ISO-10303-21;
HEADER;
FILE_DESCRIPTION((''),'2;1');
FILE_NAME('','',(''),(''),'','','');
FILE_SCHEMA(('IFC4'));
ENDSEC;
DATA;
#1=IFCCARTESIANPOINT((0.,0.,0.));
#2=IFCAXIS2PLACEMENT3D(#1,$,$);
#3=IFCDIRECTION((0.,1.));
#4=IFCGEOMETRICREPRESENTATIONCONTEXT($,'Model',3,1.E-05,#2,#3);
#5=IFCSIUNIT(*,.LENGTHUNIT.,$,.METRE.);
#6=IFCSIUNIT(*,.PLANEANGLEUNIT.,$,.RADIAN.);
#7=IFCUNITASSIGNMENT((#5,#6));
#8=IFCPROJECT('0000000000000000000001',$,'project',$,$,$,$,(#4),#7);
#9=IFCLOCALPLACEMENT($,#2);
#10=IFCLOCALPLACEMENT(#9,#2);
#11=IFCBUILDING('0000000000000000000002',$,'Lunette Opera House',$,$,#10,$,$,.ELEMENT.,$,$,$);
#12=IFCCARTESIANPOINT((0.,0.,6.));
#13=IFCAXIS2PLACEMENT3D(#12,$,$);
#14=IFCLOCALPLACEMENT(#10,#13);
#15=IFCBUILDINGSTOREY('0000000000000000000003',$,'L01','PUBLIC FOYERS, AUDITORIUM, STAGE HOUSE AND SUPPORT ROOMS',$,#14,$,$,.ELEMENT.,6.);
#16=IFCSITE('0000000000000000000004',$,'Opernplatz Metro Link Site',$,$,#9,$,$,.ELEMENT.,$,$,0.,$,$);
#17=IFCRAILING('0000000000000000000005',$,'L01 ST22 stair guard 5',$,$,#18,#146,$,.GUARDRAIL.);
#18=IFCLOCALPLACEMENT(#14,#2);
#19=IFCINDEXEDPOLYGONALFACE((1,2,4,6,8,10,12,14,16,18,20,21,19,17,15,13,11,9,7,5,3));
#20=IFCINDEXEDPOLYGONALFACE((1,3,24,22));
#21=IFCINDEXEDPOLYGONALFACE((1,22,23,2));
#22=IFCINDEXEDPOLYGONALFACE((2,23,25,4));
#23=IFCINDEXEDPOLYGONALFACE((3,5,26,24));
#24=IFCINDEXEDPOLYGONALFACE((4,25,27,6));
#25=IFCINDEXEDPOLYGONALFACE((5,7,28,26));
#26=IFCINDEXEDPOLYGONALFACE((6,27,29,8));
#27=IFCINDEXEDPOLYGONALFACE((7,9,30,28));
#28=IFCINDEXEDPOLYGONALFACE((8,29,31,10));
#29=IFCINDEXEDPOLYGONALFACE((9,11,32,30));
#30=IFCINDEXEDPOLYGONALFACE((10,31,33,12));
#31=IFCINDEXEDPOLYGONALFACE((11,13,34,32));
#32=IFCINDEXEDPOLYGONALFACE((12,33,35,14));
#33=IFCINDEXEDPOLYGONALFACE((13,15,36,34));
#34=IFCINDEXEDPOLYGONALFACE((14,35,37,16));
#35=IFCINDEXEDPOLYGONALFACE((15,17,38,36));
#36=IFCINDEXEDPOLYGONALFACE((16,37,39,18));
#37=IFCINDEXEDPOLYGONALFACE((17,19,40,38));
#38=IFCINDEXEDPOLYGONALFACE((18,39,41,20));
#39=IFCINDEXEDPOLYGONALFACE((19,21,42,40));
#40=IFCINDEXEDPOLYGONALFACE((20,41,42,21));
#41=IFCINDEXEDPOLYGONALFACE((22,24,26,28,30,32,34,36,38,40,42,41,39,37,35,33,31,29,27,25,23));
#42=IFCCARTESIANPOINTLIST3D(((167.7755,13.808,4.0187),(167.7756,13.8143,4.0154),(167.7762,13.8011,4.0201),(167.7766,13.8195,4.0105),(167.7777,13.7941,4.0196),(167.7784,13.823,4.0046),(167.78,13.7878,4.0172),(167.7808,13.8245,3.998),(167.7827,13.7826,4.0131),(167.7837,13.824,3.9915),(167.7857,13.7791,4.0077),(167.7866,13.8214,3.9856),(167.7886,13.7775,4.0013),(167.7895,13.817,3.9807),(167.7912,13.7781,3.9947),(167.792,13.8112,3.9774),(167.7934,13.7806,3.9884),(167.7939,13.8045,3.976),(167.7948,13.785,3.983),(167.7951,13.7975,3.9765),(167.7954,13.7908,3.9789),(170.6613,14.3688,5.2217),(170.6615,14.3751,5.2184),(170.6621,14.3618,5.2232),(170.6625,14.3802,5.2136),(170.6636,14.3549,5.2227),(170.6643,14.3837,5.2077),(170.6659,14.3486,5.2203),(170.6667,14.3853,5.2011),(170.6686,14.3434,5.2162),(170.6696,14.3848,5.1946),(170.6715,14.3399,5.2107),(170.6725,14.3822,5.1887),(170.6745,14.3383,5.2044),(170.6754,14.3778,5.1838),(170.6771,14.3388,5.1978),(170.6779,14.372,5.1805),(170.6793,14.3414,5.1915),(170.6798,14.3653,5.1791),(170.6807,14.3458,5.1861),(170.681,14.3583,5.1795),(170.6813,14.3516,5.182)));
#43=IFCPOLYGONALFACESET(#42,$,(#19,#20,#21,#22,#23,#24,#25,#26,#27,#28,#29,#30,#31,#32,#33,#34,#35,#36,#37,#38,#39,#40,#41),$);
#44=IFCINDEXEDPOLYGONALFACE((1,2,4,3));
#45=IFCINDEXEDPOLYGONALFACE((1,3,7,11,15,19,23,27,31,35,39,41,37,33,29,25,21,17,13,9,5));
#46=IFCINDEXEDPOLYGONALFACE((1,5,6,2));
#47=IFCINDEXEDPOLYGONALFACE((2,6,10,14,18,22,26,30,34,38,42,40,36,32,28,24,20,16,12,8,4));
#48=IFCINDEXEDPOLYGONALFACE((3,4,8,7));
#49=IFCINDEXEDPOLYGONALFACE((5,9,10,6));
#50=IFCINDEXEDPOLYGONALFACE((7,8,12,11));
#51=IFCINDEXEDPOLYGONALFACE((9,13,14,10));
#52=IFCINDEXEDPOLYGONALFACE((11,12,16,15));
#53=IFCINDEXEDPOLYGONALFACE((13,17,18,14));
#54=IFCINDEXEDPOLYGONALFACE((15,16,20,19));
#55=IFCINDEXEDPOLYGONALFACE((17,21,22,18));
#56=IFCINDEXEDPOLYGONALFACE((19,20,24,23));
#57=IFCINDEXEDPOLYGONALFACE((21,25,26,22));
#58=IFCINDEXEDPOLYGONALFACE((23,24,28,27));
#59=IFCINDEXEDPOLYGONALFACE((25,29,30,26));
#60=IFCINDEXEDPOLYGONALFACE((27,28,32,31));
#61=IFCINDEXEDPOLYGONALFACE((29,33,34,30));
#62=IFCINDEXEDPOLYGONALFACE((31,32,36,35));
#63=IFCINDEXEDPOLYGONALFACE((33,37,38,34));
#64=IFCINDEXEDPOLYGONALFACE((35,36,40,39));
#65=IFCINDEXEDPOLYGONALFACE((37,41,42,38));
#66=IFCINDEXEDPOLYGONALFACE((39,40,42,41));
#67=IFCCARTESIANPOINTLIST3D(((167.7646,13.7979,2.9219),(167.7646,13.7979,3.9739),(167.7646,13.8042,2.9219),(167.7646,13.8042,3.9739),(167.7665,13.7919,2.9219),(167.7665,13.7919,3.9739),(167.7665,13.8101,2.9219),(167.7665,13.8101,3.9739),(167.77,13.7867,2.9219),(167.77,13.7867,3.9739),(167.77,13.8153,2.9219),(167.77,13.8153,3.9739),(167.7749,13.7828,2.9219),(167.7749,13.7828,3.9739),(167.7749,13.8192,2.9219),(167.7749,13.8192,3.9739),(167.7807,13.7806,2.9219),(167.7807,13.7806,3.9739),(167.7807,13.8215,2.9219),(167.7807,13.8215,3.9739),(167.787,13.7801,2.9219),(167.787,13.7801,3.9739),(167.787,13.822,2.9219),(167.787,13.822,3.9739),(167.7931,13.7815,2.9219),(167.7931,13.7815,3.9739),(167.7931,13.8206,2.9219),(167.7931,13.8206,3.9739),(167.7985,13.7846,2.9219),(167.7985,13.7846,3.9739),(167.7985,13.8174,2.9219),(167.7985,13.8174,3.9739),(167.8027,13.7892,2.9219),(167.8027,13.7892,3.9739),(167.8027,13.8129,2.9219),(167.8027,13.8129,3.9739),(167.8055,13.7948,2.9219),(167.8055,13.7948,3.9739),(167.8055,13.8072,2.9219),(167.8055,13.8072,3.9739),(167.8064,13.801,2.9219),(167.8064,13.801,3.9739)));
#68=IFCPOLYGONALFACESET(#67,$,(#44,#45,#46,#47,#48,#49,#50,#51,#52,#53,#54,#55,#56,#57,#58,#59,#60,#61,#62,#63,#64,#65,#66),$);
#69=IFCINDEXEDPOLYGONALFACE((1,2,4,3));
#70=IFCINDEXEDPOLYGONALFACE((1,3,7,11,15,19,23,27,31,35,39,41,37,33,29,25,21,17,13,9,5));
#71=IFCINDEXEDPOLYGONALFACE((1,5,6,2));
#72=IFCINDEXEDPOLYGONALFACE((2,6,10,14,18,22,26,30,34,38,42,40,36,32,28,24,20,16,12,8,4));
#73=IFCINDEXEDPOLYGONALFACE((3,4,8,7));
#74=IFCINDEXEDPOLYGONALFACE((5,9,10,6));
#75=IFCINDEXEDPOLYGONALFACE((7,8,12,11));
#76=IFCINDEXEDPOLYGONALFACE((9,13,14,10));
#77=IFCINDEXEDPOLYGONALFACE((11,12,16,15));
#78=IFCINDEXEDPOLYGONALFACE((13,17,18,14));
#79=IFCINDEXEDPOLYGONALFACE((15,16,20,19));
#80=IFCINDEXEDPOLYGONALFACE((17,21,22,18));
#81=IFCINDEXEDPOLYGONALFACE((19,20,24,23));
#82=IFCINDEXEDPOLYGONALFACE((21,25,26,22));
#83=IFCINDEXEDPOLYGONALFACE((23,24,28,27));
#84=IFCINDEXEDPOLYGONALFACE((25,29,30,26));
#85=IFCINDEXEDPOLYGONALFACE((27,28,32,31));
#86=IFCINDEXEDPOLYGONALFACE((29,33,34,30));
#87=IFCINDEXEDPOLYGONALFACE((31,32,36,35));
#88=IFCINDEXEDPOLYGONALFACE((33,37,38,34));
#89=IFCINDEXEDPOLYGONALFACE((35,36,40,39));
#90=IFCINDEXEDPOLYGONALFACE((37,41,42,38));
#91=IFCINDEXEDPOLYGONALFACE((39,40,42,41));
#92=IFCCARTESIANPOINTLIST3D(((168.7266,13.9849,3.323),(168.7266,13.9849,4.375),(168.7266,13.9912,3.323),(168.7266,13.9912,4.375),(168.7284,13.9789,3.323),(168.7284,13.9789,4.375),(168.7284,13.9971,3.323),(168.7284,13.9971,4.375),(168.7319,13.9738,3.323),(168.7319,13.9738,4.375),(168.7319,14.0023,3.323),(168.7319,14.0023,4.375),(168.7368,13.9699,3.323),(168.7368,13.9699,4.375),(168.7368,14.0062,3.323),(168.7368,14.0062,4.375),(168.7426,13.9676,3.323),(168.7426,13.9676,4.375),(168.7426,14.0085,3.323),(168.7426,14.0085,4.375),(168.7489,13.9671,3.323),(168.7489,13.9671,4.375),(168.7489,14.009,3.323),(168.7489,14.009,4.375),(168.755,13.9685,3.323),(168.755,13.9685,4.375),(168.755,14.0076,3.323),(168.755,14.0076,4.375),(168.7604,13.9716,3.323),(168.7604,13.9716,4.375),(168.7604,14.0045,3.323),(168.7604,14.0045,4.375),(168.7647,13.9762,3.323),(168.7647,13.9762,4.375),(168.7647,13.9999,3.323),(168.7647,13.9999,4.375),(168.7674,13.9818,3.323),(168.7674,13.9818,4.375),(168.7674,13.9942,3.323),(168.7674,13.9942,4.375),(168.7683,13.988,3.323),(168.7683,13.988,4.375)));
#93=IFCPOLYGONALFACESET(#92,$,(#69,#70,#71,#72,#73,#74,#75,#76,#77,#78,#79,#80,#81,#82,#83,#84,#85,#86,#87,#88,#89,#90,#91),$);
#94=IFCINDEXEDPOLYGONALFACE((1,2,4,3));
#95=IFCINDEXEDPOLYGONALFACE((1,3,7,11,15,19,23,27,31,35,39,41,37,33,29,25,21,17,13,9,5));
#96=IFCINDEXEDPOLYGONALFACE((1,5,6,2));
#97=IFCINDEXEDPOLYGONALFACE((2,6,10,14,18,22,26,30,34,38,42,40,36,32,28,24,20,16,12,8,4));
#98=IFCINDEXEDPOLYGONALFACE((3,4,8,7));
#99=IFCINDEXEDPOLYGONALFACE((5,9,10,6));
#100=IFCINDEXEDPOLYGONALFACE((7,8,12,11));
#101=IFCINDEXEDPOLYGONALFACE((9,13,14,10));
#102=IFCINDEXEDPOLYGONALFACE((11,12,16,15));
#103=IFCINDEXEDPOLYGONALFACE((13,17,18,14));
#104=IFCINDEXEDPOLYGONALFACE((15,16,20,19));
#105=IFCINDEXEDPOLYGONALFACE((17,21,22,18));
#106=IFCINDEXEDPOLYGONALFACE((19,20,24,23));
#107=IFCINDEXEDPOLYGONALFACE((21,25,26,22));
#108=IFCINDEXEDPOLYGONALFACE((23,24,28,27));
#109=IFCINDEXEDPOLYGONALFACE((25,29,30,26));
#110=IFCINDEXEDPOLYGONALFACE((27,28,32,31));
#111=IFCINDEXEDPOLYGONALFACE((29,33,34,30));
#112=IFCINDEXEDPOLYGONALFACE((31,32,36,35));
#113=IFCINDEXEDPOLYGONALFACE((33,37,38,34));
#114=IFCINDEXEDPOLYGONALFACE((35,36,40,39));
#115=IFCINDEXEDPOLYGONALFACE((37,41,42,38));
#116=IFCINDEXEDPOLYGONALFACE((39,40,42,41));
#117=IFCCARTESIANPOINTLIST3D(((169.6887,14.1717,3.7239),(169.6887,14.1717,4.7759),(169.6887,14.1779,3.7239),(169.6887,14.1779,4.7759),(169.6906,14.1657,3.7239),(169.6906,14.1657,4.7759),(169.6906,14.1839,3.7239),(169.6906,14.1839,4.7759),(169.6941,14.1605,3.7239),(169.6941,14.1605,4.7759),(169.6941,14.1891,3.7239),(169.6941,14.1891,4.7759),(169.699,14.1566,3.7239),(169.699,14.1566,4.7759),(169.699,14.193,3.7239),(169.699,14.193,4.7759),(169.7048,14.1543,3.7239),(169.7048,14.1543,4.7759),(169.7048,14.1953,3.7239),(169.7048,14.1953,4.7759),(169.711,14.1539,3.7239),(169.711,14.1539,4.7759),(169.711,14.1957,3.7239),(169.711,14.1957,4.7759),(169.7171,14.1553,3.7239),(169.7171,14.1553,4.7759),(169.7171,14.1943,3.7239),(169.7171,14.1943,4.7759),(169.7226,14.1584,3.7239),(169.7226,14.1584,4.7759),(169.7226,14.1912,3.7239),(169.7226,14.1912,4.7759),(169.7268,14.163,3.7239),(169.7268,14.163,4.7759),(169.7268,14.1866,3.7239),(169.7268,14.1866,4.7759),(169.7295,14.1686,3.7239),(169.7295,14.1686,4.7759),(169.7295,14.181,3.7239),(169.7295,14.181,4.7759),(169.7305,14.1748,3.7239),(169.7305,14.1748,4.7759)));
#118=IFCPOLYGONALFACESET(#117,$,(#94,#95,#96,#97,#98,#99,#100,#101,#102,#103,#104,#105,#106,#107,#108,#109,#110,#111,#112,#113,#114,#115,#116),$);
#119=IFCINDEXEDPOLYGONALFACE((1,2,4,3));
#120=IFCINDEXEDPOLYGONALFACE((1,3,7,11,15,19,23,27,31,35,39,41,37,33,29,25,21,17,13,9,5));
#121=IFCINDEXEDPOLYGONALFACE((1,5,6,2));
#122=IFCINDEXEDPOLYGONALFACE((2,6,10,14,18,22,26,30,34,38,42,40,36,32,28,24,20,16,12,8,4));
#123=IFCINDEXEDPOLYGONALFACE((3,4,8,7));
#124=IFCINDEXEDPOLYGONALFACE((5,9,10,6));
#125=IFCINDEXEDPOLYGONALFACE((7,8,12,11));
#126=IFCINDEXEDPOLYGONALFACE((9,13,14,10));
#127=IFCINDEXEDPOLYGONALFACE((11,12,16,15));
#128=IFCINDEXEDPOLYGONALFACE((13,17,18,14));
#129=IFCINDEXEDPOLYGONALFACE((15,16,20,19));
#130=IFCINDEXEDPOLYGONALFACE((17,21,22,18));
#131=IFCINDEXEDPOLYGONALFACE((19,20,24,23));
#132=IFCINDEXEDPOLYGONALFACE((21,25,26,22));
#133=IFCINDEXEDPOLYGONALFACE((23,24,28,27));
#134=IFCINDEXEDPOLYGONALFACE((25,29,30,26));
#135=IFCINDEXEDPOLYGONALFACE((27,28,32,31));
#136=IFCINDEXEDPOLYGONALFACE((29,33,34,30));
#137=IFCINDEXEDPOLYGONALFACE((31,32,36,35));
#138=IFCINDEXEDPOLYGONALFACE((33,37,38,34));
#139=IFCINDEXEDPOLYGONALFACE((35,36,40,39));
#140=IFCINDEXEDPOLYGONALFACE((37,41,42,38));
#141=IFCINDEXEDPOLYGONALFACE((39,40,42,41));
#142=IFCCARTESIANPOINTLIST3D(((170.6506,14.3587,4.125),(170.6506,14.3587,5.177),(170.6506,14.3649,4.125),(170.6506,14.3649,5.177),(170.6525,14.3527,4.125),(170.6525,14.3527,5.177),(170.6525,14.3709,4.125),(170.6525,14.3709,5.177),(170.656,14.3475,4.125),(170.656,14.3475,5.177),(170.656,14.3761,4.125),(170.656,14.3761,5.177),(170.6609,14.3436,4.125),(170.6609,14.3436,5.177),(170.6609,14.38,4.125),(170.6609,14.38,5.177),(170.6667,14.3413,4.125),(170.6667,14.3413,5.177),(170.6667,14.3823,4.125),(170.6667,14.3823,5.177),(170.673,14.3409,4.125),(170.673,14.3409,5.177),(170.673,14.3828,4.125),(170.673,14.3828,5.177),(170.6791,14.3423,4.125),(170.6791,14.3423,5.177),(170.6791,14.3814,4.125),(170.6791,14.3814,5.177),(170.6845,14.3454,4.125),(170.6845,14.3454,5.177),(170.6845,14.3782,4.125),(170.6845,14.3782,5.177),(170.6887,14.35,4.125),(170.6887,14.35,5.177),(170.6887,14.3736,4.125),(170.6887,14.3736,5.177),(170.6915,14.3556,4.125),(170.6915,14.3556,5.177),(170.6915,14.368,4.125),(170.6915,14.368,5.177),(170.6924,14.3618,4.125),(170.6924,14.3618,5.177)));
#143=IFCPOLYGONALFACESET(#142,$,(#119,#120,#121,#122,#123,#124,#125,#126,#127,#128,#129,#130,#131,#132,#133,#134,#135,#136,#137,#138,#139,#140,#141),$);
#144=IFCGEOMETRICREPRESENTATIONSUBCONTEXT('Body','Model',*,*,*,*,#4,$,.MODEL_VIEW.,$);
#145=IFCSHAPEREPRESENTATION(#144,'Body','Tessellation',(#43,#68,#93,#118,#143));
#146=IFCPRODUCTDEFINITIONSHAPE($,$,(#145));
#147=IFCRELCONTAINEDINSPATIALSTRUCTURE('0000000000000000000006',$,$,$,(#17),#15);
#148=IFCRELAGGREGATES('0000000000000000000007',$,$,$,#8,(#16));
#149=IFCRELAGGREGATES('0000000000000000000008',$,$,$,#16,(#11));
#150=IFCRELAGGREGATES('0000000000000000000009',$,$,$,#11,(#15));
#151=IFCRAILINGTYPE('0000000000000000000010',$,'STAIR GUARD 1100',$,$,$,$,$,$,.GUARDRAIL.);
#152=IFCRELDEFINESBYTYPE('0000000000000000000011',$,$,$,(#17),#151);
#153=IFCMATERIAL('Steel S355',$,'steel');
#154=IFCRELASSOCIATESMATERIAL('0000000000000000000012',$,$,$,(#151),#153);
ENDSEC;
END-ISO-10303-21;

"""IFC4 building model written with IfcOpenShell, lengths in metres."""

from ifc_helpers import new_model, si_unit, direction, frame, origin, origin_2d, place, context, subcontext, project, spatial, circle, extrude, material, type_object, element, save


model = new_model("IFC4")

# Units and contexts
model_context = context("Model", 3, precision=1e-05, world=origin(), true_north=direction((0.0, 1.0)))
body_context = subcontext(model_context, "Body", "Model", "MODEL_VIEW")
ifc_project = project(units=[si_unit("LENGTHUNIT", "METRE"), si_unit("PLANEANGLEUNIT", "RADIAN")], contexts=[model_context])

# Site, building, storey
site_placement = place(None, origin())
site = spatial("IfcSite", under=ifc_project, at=site_placement, Name="Opernplatz Metro Link Site", CompositionType="ELEMENT", RefElevation=0.0)
building_placement = place(site_placement, origin())
building = spatial("IfcBuilding", under=site, at=building_placement, Name="Lunette Opera House", CompositionType="ELEMENT")
storey_placement = place(building_placement, frame((0.0, 0.0, 6.0)))
storey = spatial("IfcBuildingStorey", under=building, at=storey_placement, Name="L01", Description="PUBLIC FOYERS, AUDITORIUM, STAGE HOUSE AND SUPPORT ROOMS", CompositionType="ELEMENT", Elevation=6.0)

# Railing
ifc_material_1 = material(Name="Steel S355", Category="steel")
railing_type_1 = type_object("IfcRailingType", Name="STAIR GUARD 1100", PredefinedType="GUARDRAIL", material=ifc_material_1)
railing_1_placement = place(storey_placement, frame((167.7854, 13.801, 2.9219)))
element("IfcRailing", 1, at=railing_1_placement, inside=storey, type_object=railing_type_1, Name="L01 ST22 stair guard 5", PredefinedType="GUARDRAIL", context=body_context, shape_type="SweptSolid", body=[
    extrude(circle(Radius=0.0239, at=origin_2d()), frame((0.0, 0.0, 1.0762), z_axis=(0.908509, 0.176537, 0.378744), x_axis=(-0.190747, 0.981639, 0.0)), (0.0, 0.0, 1.0), 3.1765),
    extrude(circle(Radius=0.021, at=origin_2d()), origin(), (0.0, 0.0, 1.0), 1.052),
    extrude(circle(Radius=0.021, at=origin_2d()), frame((0.9619, 0.187, 0.4011)), (0.0, 0.0, 1.0), 1.052),
    extrude(circle(Radius=0.021, at=origin_2d()), frame((1.9241, 0.3738, 0.802)), (0.0, 0.0, 1.0), 1.052),
    extrude(circle(Radius=0.021, at=origin_2d()), frame((2.886, 0.5608, 1.2031)), (0.0, 0.0, 1.0), 1.052),
])

save(model, "model.ifc")
